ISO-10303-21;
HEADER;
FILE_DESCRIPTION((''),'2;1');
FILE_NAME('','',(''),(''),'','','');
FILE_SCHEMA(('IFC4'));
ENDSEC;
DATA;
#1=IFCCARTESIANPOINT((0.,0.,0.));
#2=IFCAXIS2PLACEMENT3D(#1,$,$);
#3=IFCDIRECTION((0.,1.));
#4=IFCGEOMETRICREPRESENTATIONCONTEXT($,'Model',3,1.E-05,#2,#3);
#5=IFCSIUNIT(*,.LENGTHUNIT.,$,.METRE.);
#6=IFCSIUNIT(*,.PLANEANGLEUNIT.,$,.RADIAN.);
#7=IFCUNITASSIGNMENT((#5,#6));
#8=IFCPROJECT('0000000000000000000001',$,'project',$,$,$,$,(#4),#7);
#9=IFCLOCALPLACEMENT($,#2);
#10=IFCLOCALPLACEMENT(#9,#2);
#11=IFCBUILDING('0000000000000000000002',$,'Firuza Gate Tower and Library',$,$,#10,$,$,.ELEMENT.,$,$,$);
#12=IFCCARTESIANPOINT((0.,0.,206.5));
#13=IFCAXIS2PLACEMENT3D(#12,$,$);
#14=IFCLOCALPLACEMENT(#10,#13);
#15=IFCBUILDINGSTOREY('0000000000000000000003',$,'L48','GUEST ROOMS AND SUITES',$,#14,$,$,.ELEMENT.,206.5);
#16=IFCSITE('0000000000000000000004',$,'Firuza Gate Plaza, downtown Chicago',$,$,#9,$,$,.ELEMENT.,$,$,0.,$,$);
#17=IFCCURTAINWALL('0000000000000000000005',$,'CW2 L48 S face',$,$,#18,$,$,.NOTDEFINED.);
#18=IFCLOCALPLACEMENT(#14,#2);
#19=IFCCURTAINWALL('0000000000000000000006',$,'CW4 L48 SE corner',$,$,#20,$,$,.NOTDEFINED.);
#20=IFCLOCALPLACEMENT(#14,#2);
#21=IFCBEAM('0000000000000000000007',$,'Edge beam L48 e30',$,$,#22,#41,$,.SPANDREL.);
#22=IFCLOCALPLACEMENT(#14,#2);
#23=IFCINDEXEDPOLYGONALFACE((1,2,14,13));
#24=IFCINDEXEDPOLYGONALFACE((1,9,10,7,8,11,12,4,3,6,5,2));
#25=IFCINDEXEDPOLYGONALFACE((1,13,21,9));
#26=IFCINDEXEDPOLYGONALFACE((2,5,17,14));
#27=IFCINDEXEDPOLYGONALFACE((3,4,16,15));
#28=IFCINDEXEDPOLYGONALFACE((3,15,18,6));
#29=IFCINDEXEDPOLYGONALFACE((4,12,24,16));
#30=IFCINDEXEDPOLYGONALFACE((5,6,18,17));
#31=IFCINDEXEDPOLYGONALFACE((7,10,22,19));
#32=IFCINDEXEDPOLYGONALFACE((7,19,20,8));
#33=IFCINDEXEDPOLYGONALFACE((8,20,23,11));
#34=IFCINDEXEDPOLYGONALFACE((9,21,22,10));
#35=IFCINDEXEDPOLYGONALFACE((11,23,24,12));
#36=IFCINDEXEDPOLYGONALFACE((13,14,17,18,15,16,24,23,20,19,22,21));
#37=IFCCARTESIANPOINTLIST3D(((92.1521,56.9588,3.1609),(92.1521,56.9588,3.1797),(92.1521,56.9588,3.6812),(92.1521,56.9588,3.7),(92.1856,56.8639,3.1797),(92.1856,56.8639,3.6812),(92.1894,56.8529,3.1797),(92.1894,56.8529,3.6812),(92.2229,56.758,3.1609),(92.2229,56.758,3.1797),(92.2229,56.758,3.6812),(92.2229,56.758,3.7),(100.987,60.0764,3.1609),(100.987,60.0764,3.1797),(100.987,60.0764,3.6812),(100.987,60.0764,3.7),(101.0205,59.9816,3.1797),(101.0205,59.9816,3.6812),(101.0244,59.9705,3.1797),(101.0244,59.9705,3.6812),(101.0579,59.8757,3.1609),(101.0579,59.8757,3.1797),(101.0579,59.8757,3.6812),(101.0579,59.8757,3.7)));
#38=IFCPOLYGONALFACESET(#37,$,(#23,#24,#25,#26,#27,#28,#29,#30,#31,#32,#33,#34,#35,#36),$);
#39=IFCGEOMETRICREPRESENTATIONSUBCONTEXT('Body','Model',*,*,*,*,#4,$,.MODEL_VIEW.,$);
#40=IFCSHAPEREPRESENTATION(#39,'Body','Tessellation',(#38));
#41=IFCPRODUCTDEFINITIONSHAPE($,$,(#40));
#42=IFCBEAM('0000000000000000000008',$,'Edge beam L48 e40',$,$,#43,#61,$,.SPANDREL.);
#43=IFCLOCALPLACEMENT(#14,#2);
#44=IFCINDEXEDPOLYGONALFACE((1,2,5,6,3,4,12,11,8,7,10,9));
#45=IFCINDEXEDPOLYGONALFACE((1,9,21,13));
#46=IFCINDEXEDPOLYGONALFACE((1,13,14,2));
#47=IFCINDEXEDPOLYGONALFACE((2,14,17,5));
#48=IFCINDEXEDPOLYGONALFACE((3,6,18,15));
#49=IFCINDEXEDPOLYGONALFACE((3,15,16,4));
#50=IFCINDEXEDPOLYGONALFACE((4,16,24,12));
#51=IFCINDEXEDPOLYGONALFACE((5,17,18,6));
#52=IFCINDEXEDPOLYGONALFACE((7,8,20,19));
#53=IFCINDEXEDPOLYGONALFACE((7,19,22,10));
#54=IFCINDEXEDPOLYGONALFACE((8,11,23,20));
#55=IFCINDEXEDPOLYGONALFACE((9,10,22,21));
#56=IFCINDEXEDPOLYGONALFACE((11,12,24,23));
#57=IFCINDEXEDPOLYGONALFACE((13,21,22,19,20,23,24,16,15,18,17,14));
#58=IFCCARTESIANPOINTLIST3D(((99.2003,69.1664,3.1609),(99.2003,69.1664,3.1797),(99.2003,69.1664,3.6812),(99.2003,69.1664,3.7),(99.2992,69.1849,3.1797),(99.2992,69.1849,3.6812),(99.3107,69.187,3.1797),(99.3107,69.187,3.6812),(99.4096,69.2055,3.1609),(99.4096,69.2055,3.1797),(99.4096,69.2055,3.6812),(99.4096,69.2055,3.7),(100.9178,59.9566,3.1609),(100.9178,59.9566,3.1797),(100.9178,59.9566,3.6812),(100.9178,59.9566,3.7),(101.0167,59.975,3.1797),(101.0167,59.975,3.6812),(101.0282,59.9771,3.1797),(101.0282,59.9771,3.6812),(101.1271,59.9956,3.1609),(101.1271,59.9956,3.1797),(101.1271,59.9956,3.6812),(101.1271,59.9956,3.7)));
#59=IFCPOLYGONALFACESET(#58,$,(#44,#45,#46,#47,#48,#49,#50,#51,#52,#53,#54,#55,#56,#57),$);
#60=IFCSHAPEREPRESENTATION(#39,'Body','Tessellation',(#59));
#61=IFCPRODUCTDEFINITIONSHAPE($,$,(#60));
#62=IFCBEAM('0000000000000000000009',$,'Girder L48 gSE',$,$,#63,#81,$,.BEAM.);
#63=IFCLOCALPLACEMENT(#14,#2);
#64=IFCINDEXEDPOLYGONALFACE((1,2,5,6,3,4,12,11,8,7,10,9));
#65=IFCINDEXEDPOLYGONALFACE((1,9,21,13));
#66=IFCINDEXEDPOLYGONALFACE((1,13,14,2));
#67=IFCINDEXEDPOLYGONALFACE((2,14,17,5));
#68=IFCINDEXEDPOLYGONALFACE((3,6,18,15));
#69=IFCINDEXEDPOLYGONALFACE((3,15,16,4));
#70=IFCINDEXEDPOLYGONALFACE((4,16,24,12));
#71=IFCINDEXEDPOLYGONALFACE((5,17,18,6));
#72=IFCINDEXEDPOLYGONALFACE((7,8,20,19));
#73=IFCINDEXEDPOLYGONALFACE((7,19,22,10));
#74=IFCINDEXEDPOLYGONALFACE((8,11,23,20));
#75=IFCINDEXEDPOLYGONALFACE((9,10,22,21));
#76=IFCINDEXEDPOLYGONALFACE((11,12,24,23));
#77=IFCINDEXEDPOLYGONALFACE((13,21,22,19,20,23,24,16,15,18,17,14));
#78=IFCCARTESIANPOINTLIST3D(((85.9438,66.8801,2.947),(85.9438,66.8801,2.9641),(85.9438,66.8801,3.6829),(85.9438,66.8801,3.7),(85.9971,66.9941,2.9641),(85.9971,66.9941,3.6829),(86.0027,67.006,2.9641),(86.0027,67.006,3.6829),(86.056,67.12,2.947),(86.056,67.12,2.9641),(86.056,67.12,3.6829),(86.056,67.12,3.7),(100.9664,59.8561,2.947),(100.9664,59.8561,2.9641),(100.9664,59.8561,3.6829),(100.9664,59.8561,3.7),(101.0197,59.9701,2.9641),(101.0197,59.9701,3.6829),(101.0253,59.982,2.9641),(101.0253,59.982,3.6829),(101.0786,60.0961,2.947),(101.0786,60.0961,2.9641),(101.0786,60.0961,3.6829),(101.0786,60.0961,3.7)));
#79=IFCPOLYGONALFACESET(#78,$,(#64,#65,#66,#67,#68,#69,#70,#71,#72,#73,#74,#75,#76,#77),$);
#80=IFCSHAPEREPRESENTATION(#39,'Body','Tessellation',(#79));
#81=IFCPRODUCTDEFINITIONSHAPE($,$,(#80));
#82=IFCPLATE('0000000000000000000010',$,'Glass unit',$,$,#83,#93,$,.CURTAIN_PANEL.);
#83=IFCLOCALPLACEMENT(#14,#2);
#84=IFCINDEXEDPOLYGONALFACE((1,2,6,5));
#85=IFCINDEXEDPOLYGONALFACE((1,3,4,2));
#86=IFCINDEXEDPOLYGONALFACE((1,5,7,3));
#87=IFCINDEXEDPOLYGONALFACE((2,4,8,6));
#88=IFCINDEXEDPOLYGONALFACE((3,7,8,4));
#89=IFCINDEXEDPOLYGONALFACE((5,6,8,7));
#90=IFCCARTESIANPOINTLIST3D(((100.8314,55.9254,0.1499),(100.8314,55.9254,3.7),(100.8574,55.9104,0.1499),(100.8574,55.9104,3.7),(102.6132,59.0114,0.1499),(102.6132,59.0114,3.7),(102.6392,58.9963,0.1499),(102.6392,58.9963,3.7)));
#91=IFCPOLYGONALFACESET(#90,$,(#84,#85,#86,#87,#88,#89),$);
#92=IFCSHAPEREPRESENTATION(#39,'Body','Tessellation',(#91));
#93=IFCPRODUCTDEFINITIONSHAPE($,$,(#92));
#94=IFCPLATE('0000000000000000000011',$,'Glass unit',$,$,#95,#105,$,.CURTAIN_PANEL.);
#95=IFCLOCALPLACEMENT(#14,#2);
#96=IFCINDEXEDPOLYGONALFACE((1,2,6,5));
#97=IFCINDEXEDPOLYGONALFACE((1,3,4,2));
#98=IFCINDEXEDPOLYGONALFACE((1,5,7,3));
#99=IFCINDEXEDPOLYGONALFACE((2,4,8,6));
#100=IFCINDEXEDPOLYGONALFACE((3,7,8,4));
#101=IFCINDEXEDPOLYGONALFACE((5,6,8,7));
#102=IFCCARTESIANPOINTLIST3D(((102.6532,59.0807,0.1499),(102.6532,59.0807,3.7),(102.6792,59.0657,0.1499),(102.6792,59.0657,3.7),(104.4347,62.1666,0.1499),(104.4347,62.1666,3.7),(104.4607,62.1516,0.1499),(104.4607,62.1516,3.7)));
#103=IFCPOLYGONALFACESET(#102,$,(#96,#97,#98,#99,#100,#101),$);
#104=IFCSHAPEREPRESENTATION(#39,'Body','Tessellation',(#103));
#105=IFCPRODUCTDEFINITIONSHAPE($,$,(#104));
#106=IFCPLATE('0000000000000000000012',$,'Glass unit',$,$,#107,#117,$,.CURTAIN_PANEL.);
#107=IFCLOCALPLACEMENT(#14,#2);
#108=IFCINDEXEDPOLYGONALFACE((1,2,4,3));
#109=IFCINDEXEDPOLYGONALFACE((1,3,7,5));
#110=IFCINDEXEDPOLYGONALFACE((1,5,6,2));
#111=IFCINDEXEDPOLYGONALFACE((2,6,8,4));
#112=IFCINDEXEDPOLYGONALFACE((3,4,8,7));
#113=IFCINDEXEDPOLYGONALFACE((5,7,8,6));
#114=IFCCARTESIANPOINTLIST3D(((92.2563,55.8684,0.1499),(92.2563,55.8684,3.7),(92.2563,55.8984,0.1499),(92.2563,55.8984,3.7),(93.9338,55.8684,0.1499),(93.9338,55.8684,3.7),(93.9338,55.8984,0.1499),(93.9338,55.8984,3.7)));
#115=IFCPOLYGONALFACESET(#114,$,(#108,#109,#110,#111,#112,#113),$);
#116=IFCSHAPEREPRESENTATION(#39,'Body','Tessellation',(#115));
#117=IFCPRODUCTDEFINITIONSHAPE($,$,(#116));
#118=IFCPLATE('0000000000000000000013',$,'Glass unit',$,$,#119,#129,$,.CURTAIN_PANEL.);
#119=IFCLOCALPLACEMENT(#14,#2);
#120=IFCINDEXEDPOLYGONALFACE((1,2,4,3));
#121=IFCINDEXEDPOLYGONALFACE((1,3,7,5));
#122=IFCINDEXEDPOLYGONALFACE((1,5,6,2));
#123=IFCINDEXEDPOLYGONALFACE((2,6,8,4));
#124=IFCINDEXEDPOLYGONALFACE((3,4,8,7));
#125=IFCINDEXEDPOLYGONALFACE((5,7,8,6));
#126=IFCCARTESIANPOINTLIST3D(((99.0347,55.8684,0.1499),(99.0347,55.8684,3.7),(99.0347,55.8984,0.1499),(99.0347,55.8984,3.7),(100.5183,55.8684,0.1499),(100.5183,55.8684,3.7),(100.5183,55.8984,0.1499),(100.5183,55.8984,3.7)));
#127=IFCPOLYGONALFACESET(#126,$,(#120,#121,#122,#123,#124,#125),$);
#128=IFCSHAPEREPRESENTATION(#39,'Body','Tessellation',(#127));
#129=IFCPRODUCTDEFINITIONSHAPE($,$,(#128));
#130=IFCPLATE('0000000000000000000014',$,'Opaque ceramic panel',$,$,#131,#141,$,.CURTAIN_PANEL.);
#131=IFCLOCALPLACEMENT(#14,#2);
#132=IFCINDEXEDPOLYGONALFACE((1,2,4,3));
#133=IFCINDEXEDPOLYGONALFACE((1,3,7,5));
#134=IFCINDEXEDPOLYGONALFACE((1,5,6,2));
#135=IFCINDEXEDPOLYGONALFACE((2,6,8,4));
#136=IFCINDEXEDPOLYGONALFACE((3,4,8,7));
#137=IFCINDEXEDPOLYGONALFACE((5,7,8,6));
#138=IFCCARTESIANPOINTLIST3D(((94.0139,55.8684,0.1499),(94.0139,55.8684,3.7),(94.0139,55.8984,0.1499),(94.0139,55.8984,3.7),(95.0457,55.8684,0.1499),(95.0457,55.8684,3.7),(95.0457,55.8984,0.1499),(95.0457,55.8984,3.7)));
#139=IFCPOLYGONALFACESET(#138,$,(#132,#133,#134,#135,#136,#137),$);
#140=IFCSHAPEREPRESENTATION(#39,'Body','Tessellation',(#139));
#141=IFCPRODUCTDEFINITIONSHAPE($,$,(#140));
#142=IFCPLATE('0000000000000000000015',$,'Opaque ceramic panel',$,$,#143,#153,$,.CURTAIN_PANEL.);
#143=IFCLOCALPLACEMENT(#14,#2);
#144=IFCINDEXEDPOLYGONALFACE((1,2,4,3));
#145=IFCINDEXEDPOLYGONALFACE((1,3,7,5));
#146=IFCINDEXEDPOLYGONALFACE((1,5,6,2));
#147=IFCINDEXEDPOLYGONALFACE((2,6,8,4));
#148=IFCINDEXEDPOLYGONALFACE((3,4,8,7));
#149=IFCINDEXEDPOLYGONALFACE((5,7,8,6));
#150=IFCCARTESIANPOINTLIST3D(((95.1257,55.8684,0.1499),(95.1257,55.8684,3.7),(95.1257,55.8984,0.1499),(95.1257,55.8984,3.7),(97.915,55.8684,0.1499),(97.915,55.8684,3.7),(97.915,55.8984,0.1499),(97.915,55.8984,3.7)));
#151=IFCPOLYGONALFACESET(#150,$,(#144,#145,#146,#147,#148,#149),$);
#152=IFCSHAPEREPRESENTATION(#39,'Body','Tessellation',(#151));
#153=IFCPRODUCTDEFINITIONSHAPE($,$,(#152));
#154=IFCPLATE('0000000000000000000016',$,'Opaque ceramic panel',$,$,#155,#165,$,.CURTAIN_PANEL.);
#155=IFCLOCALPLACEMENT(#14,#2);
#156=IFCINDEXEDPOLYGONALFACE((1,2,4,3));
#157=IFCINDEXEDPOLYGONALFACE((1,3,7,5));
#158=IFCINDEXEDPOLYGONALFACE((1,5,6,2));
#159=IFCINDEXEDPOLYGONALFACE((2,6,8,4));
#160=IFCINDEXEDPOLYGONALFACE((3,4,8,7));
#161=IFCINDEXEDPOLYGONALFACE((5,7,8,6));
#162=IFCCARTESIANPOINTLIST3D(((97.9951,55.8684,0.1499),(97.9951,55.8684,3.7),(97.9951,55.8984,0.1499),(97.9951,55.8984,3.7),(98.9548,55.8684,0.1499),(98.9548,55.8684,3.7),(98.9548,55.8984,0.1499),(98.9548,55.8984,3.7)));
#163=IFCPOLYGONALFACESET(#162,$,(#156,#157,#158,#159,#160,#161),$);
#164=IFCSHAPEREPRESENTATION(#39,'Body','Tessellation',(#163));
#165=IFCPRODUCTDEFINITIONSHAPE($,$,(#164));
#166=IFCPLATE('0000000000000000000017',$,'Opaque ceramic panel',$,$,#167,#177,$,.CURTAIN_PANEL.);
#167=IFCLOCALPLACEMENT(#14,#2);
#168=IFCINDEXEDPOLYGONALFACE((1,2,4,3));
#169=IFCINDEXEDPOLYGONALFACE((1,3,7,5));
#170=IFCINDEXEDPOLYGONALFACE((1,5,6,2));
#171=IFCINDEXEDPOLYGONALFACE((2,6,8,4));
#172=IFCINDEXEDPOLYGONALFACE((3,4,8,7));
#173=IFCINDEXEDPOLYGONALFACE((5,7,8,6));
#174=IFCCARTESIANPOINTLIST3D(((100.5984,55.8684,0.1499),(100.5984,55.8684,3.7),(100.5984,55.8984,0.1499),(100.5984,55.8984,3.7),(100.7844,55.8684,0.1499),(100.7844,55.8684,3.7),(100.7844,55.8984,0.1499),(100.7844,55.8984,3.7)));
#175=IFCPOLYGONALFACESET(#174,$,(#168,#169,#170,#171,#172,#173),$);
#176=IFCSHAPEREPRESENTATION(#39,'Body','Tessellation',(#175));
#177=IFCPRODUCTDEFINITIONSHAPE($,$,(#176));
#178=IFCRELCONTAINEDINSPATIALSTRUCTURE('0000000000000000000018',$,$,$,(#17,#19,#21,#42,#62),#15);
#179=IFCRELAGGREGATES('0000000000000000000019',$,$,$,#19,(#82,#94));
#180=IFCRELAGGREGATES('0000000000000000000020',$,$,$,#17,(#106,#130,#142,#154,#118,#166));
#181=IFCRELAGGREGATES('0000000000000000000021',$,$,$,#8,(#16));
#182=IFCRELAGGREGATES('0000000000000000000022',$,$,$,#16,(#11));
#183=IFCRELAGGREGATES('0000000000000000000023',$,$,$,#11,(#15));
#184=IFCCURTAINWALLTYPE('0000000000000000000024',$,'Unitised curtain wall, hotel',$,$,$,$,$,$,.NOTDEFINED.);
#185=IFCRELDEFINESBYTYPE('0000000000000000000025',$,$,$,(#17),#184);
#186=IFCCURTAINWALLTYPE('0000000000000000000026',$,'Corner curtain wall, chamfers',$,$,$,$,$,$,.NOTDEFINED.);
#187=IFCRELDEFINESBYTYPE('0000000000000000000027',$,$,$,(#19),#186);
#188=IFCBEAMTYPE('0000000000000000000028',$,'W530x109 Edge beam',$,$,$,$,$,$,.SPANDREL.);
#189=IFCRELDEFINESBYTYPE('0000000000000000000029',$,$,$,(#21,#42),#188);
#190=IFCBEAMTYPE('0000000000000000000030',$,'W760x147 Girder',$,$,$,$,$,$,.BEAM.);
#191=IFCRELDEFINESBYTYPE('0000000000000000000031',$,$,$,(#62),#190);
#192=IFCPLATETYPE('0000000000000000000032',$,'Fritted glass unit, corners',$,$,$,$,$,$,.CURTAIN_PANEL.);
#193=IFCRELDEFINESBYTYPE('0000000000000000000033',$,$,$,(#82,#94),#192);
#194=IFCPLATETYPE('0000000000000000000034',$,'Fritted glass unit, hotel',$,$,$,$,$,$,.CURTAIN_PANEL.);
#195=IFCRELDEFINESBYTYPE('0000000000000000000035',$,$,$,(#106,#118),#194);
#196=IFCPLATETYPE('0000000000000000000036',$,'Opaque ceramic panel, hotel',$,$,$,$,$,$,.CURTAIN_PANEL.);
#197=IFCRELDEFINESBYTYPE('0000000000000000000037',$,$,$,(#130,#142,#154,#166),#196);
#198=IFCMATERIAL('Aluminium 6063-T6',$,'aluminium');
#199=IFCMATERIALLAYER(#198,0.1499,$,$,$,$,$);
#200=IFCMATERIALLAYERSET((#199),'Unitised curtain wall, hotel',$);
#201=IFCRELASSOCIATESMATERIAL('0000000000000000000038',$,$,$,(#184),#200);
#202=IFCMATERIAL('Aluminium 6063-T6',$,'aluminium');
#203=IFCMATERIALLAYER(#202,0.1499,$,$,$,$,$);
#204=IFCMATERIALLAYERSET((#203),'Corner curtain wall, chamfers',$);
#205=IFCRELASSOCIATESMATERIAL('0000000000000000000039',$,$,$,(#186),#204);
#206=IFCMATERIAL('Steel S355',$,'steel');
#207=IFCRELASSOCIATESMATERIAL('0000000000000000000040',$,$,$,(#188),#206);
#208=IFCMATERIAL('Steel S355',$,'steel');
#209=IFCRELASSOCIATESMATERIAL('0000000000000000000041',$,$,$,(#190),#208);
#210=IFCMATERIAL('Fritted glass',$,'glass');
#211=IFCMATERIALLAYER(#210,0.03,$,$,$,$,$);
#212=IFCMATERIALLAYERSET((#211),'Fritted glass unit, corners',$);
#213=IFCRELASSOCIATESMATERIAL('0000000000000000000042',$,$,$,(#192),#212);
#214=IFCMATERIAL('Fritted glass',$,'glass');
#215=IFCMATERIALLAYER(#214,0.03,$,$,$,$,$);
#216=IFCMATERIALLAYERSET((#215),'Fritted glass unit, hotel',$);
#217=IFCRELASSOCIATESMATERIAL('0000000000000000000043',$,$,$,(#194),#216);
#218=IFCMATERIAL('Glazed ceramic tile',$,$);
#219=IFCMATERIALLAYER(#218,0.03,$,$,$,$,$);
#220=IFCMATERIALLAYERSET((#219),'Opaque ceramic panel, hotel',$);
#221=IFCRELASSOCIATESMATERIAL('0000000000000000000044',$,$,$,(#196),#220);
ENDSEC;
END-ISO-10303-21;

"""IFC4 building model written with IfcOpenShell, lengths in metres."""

from ifc_helpers import new_model, si_unit, direction, frame, origin, origin_2d, place, context, subcontext, project, spatial, polyline, i_section, outline, extrude, material, layer, layer_set, material_profile, profile_set, type_object, element, aggregate, save


model = new_model("IFC4")

# Units and contexts
model_context = context("Model", 3, precision=1e-05, world=origin(), true_north=direction((0.0, 1.0)))
body_context = subcontext(model_context, "Body", "Model", "MODEL_VIEW")
ifc_project = project(units=[si_unit("LENGTHUNIT", "METRE"), si_unit("PLANEANGLEUNIT", "RADIAN")], contexts=[model_context])

# Site, building, storey
site_placement = place(None, origin())
site = spatial("IfcSite", under=ifc_project, at=site_placement, Name="Firuza Gate Plaza, downtown Chicago", CompositionType="ELEMENT", RefElevation=0.0)
building_placement = place(site_placement, origin())
building = spatial("IfcBuilding", under=site, at=building_placement, Name="Firuza Gate Tower and Library", CompositionType="ELEMENT")
storey_placement = place(building_placement, frame((0.0, 0.0, 206.5)))
storey = spatial("IfcBuildingStorey", under=building, at=storey_placement, Name="L48", Description="GUEST ROOMS AND SUITES", CompositionType="ELEMENT", Elevation=206.5)

# Curtain walls
ifc_material_1 = material(Name="Aluminium 6063-T6", Category="aluminium")
ifc_layer_1 = layer(ifc_material_1, 0.1499)
ifc_layer_set_1 = layer_set([ifc_layer_1], Name="Unitised curtain wall, hotel")
curtain_wall_type_1 = type_object("IfcCurtainWallType", Name="Unitised curtain wall, hotel", PredefinedType="NOTDEFINED", material=ifc_layer_set_1)
placement = place(storey_placement, origin())
curtain_wall_1 = element("IfcCurtainWall", 1, at=placement, inside=storey, type_object=curtain_wall_type_1, Name="CW2 L48 S face", PredefinedType="NOTDEFINED")
ifc_material_2 = material(Name="Aluminium 6063-T6", Category="aluminium")
ifc_layer_2 = layer(ifc_material_2, 0.1499)
ifc_layer_set_2 = layer_set([ifc_layer_2], Name="Corner curtain wall, chamfers")
curtain_wall_type_2 = type_object("IfcCurtainWallType", Name="Corner curtain wall, chamfers", PredefinedType="NOTDEFINED", material=ifc_layer_set_2)
curtain_wall_2 = element("IfcCurtainWall", 2, at=placement, inside=storey, type_object=curtain_wall_type_2, Name="CW4 L48 SE corner", PredefinedType="NOTDEFINED")

# Beams
ifc_material_3 = material(Name="Steel S355", Category="steel")
ifc_material_profile_1 = material_profile(ifc_material_3, i_section(OverallWidth=0.2129, OverallDepth=0.5391, WebThickness=0.0117, FlangeThickness=0.0188, at=origin_2d()))
ifc_profile_set_1 = profile_set([ifc_material_profile_1], Name="Steel S355")
beam_type_1 = type_object("IfcBeamType", Name="W530x109 Edge beam", PredefinedType="SPANDREL", material=ifc_profile_set_1)
beam_1_placement = place(storey_placement, frame((92.1875, 56.8584, 3.4304), z_axis=(0.943009, 0.332768, 0.0), x_axis=(-0.332768, 0.943009, 0.0)))
element("IfcBeam", 3, at=beam_1_placement, inside=storey, type_object=beam_type_1, Name="Edge beam L48 e30", PredefinedType="SPANDREL", context=body_context, shape_type="SweptSolid", body=[
    extrude(i_section(OverallWidth=0.2129, OverallDepth=0.5391, WebThickness=0.0117, FlangeThickness=0.0188, at=origin_2d()), origin(), (0.0, 0.0, 1.0), 9.3689),
])
beam_2_placement = place(storey_placement, frame((101.0225, 59.9761, 3.4304), z_axis=(-0.183326, 0.983052, 0.0), x_axis=(-0.983052, -0.183326, 0.0)))
element("IfcBeam", 4, at=beam_2_placement, inside=storey, type_object=beam_type_1, Name="Edge beam L48 e40", PredefinedType="SPANDREL", context=body_context, shape_type="SweptSolid", body=[
    extrude(i_section(OverallWidth=0.2129, OverallDepth=0.5391, WebThickness=0.0117, FlangeThickness=0.0188, at=origin_2d()), origin(), (0.0, 0.0, 1.0), 9.3687),
])
ifc_material_4 = material(Name="Steel S355", Category="steel")
ifc_material_profile_2 = material_profile(ifc_material_4, i_section(OverallWidth=0.2649, OverallDepth=0.7529, WebThickness=0.0132, FlangeThickness=0.0171, at=origin_2d()))
ifc_profile_set_2 = profile_set([ifc_material_profile_2], Name="Steel S355")
beam_type_2 = type_object("IfcBeamType", Name="W760x147 Girder", PredefinedType="BEAM", material=ifc_profile_set_2)
beam_3_placement = place(storey_placement, frame((101.0225, 59.9761, 3.3235), z_axis=(-0.905872, 0.423551, 0.0), x_axis=(-0.423551, -0.905872, 0.0)))
element("IfcBeam", 5, at=beam_3_placement, inside=storey, type_object=beam_type_2, Name="Girder L48 gSE", PredefinedType="BEAM", context=body_context, shape_type="SweptSolid", body=[
    extrude(i_section(OverallWidth=0.2649, OverallDepth=0.7529, WebThickness=0.0132, FlangeThickness=0.0171, at=origin_2d()), origin(), (0.0, 0.0, 1.0), 16.5835),
])

# Plates
ifc_material_5 = material(Name="Fritted glass", Category="glass")
ifc_layer_3 = layer(ifc_material_5, 0.03)
ifc_layer_set_3 = layer_set([ifc_layer_3], Name="Fritted glass unit, corners")
plate_type_1 = type_object("IfcPlateType", Name="Fritted glass unit, corners", PredefinedType="CURTAIN_PANEL", material=ifc_layer_set_3)
plate_1_placement = place(storey_placement, frame((100.8574, 55.9104, 0.1499), z_axis=(0.866017, -0.500015, 0.0), x_axis=(0.500015, 0.866017, 0.0)))
plate_1 = element("IfcPlate", 6, at=plate_1_placement, type_object=plate_type_1, Name="Glass unit", PredefinedType="CURTAIN_PANEL", context=body_context, shape_type="SweptSolid", body=[
    extrude(outline(polyline([(0.0, 0.0), (3.5634, 0.0), (3.5634, 3.55), (0.0, 3.55), (0.0, 0.0)])), origin(), (0.0, 0.0, -1.0), 0.03),
])
plate_2_placement = place(storey_placement, frame((102.6792, 59.0657, 0.1499), z_axis=(0.866046, -0.499964, 0.0), x_axis=(0.499964, 0.866046, 0.0)))
plate_2 = element("IfcPlate", 7, at=plate_2_placement, type_object=plate_type_1, Name="Glass unit", PredefinedType="CURTAIN_PANEL", context=body_context, shape_type="SweptSolid", body=[
    extrude(outline(polyline([(0.0, 0.0), (3.5632, 0.0), (3.5632, 3.55), (0.0, 3.55), (0.0, 0.0)])), origin(), (0.0, 0.0, -1.0), 0.03),
])
aggregate(curtain_wall_2, [plate_1, plate_2])
ifc_material_6 = material(Name="Fritted glass", Category="glass")
ifc_layer_4 = layer(ifc_material_6, 0.03)
ifc_layer_set_4 = layer_set([ifc_layer_4], Name="Fritted glass unit, hotel")
plate_type_2 = type_object("IfcPlateType", Name="Fritted glass unit, hotel", PredefinedType="CURTAIN_PANEL", material=ifc_layer_set_4)
plate_3_placement = place(storey_placement, frame((92.2563, 55.8684, 0.1499), z_axis=(0.0, -1.0, 0.0), x_axis=(1.0, 0.0, 0.0)))
plate_3 = element("IfcPlate", 8, at=plate_3_placement, type_object=plate_type_2, Name="Glass unit", PredefinedType="CURTAIN_PANEL", context=body_context, shape_type="SweptSolid", body=[
    extrude(outline(polyline([(0.0, 0.0), (1.6775, 0.0), (1.6775, 3.55), (0.0, 3.55), (0.0, 0.0)])), origin(), (0.0, 0.0, -1.0), 0.03),
])
plate_4_placement = place(storey_placement, frame((99.0347, 55.8684, 0.1499), z_axis=(0.0, -1.0, 0.0), x_axis=(1.0, 0.0, 0.0)))
plate_4 = element("IfcPlate", 9, at=plate_4_placement, type_object=plate_type_2, Name="Glass unit", PredefinedType="CURTAIN_PANEL", context=body_context, shape_type="SweptSolid", body=[
    extrude(outline(polyline([(0.0, 0.0), (1.4836, 0.0), (1.4836, 3.55), (0.0, 3.55), (0.0, 0.0)])), origin(), (0.0, 0.0, -1.0), 0.03),
])
ifc_material_7 = material(Name="Glazed ceramic tile")
ifc_layer_5 = layer(ifc_material_7, 0.03)
ifc_layer_set_5 = layer_set([ifc_layer_5], Name="Opaque ceramic panel, hotel")
plate_type_3 = type_object("IfcPlateType", Name="Opaque ceramic panel, hotel", PredefinedType="CURTAIN_PANEL", material=ifc_layer_set_5)
plate_5_placement = place(storey_placement, frame((94.0139, 55.8684, 0.1499), z_axis=(0.0, -1.0, 0.0), x_axis=(1.0, 0.0, 0.0)))
plate_5 = element("IfcPlate", 10, at=plate_5_placement, type_object=plate_type_3, Name="Opaque ceramic panel", PredefinedType="CURTAIN_PANEL", context=body_context, shape_type="SweptSolid", body=[
    extrude(outline(polyline([(0.0, 0.0), (1.0317, 0.0), (1.0317, 3.55), (0.0, 3.55), (0.0, 0.0)])), origin(), (0.0, 0.0, -1.0), 0.03),
])
plate_6_placement = place(storey_placement, frame((95.1257, 55.8684, 0.1499), z_axis=(0.0, -1.0, 0.0), x_axis=(1.0, 0.0, 0.0)))
plate_6 = element("IfcPlate", 11, at=plate_6_placement, type_object=plate_type_3, Name="Opaque ceramic panel", PredefinedType="CURTAIN_PANEL", context=body_context, shape_type="SweptSolid", body=[
    extrude(outline(polyline([(0.0, 0.0), (2.7893, 0.0), (2.7893, 3.55), (0.0, 3.55), (0.0, 0.0)])), origin(), (0.0, 0.0, -1.0), 0.03),
])
plate_7_placement = place(storey_placement, frame((97.9951, 55.8684, 0.1499), z_axis=(0.0, -1.0, 0.0), x_axis=(1.0, 0.0, 0.0)))
plate_7 = element("IfcPlate", 12, at=plate_7_placement, type_object=plate_type_3, Name="Opaque ceramic panel", PredefinedType="CURTAIN_PANEL", context=body_context, shape_type="SweptSolid", body=[
    extrude(outline(polyline([(0.0, 0.0), (0.9597, 0.0), (0.9597, 3.55), (0.0, 3.55), (0.0, 0.0)])), origin(), (0.0, 0.0, -1.0), 0.03),
])
plate_8_placement = place(storey_placement, frame((100.5984, 55.8684, 0.1499), z_axis=(0.0, -1.0, 0.0), x_axis=(1.0, 0.0, 0.0)))
plate_8 = element("IfcPlate", 13, at=plate_8_placement, type_object=plate_type_3, Name="Opaque ceramic panel", PredefinedType="CURTAIN_PANEL", context=body_context, shape_type="SweptSolid", body=[
    extrude(outline(polyline([(0.0, 0.0), (0.186, 0.0), (0.186, 3.55), (0.0, 3.55), (0.0, 0.0)])), origin(), (0.0, 0.0, -1.0), 0.03),
])
aggregate(curtain_wall_1, [plate_3, plate_5, plate_6, plate_7, plate_4, plate_8])

save(model, "model.ifc")
